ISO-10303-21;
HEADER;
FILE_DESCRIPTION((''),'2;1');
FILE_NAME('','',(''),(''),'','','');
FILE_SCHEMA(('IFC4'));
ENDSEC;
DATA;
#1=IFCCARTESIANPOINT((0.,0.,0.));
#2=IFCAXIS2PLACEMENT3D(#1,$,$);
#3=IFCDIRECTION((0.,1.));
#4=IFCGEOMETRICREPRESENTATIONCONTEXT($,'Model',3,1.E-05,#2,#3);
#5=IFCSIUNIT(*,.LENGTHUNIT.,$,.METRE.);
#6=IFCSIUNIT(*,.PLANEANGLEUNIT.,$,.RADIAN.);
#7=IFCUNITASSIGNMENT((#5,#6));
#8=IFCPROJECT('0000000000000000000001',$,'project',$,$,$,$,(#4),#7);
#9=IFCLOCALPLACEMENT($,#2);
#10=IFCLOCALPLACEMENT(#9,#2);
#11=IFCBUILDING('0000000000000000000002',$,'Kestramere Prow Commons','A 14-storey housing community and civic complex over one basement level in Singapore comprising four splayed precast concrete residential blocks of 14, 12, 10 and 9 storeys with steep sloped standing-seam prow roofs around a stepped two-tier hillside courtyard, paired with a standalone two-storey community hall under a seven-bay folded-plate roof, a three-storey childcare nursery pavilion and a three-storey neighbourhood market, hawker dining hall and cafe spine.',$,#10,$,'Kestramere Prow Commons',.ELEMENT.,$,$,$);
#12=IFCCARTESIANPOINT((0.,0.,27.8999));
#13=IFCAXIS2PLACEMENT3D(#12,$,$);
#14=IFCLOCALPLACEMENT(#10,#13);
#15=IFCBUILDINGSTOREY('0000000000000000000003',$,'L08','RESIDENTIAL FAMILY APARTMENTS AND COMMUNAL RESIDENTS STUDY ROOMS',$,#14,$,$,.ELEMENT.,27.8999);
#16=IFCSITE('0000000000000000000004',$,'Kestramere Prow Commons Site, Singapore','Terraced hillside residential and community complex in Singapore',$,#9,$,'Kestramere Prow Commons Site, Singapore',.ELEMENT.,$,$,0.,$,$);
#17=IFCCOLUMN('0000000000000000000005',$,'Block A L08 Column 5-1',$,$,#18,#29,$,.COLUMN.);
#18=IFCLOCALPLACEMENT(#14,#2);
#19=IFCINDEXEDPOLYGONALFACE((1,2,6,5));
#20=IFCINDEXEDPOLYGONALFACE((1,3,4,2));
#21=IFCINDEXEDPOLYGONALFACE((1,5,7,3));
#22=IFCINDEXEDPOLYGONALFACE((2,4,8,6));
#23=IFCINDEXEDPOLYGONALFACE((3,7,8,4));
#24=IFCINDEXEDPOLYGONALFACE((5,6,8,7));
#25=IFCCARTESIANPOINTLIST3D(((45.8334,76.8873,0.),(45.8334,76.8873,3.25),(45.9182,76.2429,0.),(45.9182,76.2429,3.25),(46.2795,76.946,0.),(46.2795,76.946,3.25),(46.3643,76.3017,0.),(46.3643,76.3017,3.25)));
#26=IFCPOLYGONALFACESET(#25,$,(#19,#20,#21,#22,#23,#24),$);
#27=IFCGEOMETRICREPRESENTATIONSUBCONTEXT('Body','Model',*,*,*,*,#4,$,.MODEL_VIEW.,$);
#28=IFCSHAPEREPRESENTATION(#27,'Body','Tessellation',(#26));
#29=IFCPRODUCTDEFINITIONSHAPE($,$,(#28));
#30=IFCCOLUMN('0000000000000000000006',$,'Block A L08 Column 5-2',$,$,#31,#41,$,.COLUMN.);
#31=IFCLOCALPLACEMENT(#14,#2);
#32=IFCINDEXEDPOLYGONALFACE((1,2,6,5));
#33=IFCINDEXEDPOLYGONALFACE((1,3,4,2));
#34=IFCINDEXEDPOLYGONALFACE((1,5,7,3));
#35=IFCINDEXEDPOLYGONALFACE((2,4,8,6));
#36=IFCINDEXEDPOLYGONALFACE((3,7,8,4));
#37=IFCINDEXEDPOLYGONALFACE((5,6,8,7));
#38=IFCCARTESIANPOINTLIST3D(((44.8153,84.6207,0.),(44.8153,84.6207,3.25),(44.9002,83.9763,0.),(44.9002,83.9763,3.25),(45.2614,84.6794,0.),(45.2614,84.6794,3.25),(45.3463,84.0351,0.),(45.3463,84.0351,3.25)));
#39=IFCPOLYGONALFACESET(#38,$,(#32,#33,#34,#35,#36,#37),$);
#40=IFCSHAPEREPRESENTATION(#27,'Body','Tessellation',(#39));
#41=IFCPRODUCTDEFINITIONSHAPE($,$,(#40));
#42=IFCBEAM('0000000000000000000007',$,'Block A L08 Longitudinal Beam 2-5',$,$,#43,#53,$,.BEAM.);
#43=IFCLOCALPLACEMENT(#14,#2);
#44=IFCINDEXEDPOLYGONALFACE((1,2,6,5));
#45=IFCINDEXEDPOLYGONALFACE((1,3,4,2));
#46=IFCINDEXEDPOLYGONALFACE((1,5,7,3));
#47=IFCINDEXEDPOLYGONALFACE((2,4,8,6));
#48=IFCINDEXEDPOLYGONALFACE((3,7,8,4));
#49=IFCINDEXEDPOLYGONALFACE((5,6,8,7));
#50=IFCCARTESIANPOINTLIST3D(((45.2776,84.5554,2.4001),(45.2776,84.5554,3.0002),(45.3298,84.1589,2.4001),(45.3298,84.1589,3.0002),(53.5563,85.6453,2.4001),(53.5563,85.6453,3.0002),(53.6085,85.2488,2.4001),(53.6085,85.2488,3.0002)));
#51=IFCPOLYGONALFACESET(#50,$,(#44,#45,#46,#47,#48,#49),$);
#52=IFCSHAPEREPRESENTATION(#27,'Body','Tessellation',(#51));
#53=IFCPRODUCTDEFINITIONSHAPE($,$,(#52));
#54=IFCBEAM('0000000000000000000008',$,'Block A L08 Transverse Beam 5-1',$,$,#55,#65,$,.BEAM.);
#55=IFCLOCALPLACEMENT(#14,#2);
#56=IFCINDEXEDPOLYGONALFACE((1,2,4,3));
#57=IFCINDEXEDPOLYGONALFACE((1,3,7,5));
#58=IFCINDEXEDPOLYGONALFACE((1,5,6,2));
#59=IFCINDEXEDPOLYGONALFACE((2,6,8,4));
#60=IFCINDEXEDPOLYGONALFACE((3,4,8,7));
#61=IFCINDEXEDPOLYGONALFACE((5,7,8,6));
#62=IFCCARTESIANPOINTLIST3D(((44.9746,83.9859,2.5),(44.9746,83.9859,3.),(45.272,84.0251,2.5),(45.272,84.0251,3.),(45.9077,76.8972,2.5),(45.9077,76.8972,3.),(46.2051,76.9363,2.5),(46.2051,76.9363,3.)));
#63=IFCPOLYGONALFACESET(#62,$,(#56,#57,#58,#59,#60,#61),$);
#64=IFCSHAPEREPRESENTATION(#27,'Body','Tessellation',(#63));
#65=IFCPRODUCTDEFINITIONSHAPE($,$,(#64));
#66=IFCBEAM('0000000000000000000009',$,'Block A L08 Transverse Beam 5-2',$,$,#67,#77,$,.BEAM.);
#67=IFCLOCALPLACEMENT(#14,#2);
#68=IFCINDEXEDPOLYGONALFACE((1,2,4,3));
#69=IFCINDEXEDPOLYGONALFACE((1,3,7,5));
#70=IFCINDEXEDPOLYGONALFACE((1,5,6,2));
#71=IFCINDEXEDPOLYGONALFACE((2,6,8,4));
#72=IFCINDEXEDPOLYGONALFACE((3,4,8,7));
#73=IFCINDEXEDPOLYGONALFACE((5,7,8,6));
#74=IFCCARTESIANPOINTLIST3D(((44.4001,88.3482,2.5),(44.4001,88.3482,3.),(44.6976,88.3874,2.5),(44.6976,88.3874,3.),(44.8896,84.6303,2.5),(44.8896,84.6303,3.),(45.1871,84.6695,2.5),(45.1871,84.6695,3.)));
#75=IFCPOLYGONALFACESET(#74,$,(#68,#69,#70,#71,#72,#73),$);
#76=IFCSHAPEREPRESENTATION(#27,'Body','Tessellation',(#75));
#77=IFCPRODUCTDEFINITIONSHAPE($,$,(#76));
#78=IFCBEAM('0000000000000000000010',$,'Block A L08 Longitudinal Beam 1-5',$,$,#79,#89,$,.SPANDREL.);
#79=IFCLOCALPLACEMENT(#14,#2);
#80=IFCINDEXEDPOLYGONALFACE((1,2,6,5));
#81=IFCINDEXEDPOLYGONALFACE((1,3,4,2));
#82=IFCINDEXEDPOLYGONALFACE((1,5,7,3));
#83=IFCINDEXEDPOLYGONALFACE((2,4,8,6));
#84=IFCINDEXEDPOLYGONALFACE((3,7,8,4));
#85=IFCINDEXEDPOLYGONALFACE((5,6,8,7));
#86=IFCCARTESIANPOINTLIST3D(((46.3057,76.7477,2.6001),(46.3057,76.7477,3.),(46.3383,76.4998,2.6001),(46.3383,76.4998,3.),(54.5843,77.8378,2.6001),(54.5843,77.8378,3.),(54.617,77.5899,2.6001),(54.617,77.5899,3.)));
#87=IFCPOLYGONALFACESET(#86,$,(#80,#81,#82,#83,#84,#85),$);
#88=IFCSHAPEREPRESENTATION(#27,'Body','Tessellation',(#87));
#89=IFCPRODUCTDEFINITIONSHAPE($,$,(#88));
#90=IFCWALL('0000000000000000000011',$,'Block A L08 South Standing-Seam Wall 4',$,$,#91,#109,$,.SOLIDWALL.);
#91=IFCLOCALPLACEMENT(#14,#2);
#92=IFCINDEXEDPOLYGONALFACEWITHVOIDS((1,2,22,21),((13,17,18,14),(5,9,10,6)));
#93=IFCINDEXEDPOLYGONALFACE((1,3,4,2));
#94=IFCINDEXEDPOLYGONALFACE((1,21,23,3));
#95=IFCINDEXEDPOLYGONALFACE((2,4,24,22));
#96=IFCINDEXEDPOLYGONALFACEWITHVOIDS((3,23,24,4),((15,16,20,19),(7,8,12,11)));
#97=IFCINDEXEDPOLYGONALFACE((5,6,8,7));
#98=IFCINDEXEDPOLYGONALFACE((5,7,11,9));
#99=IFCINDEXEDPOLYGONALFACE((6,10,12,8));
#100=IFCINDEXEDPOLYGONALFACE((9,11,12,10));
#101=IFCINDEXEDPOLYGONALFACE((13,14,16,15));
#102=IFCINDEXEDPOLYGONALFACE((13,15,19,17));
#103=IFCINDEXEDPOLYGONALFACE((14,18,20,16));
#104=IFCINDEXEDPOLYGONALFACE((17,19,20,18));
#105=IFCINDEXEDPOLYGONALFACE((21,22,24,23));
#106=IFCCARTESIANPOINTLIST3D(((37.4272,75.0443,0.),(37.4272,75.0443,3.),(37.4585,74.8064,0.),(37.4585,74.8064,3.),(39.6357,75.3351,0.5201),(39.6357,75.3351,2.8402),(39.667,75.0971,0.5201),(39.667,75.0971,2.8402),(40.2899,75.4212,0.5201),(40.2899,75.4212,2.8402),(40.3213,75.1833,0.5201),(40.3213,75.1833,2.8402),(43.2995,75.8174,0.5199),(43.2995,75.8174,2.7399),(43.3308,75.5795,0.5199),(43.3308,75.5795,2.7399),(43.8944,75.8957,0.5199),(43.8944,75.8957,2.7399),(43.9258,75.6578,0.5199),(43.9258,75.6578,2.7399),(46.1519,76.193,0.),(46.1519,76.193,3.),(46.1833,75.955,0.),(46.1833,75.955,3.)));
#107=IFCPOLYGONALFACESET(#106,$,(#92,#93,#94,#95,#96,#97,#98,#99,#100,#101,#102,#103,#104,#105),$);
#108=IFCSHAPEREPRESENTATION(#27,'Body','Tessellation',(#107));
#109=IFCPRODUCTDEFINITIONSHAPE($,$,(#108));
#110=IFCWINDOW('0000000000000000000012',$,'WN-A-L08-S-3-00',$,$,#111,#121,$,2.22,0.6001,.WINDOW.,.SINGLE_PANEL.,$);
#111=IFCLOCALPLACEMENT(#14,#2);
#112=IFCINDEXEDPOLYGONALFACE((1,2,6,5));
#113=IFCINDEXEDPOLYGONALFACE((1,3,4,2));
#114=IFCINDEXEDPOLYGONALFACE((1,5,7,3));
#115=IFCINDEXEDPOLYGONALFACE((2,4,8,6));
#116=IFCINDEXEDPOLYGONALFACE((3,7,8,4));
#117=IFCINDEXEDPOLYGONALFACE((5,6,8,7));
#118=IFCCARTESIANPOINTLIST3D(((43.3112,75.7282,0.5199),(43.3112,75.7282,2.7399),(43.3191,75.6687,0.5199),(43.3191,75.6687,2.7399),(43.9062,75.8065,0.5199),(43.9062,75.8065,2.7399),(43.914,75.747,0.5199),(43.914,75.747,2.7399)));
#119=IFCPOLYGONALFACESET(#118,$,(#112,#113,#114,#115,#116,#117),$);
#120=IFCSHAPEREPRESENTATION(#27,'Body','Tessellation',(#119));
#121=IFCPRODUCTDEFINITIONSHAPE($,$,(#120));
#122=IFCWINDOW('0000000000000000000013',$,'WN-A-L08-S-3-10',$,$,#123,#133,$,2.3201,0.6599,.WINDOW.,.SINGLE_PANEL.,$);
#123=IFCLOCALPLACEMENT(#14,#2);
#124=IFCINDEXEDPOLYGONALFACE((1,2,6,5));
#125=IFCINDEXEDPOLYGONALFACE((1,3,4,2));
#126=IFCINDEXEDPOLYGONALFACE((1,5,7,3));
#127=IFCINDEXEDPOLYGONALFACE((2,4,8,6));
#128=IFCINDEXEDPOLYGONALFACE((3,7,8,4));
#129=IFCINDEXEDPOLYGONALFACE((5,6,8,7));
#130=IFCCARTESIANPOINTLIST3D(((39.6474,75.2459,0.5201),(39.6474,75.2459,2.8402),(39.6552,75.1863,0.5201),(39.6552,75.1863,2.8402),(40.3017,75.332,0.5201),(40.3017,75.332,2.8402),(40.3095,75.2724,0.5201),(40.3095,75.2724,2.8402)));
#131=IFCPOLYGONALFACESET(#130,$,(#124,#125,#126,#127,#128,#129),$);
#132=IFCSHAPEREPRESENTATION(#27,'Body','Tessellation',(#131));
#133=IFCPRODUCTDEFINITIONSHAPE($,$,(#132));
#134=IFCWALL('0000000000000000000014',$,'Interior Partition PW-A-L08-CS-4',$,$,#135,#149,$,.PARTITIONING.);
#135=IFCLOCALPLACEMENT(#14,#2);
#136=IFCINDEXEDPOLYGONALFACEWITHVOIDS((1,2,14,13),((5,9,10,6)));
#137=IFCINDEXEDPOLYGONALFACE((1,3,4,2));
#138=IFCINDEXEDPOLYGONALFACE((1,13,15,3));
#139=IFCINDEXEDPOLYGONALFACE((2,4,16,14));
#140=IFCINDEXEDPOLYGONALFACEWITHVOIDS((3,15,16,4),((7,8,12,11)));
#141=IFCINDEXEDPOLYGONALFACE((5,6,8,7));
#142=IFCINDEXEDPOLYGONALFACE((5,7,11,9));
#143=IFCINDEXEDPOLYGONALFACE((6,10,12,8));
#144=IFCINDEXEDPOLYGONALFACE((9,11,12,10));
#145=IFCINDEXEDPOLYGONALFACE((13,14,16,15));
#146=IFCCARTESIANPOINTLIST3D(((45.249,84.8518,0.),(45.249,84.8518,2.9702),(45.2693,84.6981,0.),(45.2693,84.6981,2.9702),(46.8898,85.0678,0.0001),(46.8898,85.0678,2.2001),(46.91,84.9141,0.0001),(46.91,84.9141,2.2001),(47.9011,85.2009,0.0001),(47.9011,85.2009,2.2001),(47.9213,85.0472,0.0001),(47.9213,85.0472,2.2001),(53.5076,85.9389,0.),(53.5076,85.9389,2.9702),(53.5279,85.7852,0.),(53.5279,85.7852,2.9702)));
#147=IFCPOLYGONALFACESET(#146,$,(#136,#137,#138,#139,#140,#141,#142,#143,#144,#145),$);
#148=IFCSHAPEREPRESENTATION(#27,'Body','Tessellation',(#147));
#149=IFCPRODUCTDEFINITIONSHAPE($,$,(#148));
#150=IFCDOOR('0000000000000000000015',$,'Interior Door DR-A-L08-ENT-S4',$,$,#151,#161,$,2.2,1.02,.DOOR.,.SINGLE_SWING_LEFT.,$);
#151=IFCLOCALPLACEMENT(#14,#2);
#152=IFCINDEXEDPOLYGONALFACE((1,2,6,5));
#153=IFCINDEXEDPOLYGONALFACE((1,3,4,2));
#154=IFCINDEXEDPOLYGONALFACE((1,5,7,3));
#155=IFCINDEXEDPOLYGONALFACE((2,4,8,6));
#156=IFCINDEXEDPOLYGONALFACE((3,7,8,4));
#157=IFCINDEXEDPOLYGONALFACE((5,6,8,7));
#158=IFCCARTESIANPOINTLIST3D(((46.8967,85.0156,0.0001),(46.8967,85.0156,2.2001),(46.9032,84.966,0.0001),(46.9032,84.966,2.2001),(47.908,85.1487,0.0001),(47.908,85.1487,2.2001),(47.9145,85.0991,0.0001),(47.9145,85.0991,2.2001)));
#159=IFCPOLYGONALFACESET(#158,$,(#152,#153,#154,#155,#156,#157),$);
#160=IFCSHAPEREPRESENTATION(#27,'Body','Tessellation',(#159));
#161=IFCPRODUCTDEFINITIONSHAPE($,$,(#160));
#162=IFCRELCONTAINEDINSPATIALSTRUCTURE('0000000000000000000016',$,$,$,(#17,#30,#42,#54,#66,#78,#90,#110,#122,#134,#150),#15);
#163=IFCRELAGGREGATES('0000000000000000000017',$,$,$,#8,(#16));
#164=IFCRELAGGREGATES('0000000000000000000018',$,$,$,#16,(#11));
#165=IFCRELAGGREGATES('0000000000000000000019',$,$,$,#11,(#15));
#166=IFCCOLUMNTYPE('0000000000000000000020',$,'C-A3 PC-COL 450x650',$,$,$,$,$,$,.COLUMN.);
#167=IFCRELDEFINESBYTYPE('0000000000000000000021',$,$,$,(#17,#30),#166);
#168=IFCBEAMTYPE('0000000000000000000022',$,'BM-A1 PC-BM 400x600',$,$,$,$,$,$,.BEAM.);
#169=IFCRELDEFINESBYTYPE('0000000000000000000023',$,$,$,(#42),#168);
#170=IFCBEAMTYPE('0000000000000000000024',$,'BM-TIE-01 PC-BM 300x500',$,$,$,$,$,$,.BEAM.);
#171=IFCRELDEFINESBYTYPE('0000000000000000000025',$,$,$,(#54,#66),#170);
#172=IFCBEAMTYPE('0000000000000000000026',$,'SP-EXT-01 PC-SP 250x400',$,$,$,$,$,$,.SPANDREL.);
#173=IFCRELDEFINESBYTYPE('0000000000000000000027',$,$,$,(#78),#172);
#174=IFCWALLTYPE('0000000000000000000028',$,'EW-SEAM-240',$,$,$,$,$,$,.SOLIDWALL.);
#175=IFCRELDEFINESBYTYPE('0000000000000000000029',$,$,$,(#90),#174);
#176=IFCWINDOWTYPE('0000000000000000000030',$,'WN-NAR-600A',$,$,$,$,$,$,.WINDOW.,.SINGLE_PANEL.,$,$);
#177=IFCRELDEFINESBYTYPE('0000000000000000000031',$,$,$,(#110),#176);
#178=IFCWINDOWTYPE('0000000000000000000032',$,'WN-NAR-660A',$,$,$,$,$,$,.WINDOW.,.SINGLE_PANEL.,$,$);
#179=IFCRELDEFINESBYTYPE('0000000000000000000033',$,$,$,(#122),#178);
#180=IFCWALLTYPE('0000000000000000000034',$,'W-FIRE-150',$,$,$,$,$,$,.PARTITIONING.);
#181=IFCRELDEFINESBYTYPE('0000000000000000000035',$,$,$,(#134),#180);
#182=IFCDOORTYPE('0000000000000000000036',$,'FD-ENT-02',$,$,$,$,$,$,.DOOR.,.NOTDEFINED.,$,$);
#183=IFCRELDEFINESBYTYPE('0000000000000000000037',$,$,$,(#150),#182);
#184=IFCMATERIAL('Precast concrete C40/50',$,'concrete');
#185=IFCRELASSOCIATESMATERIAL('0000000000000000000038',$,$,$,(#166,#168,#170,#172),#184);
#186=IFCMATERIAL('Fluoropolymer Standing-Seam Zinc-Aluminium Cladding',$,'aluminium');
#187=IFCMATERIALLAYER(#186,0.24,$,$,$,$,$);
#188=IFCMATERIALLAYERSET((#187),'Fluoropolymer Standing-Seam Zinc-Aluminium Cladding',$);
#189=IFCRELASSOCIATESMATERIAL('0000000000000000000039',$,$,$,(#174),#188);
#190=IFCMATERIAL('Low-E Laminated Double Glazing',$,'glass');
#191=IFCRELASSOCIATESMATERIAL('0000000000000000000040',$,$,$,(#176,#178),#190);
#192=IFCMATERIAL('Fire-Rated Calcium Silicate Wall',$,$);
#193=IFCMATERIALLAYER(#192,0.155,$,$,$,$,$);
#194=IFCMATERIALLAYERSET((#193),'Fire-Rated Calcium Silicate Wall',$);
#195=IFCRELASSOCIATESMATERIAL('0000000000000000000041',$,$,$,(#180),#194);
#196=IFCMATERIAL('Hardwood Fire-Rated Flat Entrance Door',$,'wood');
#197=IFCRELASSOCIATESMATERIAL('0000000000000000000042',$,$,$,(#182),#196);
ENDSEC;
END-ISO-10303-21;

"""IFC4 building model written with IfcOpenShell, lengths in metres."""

from ifc_helpers import new_model, si_unit, direction, frame, frame_2d, origin, origin_2d, place, context, subcontext, project, spatial, rectangle, extrude, material, layer, layer_set, material_profile, profile_set, type_object, element, fill, save


model = new_model("IFC4")

# Units and contexts
model_context = context("Model", 3, precision=1e-05, world=origin(), true_north=direction((0.0, 1.0)))
body_context = subcontext(model_context, "Body", "Model", "MODEL_VIEW")
ifc_project = project(units=[si_unit("LENGTHUNIT", "METRE"), si_unit("PLANEANGLEUNIT", "RADIAN")], contexts=[model_context])

# Site, building, storey
site_placement = place(None, origin())
site = spatial("IfcSite", under=ifc_project, at=site_placement, Name="Kestramere Prow Commons Site, Singapore", Description="Terraced hillside residential and community complex in Singapore", LongName="Kestramere Prow Commons Site, Singapore", CompositionType="ELEMENT", RefElevation=0.0)
building_placement = place(site_placement, origin())
building = spatial("IfcBuilding", under=site, at=building_placement, Name="Kestramere Prow Commons", Description="A 14-storey housing community and civic complex over one basement level in Singapore comprising four splayed precast concrete residential blocks of 14, 12, 10 and 9 storeys with steep sloped standing-seam prow roofs around a stepped two-tier hillside courtyard, paired with a standalone two-storey community hall under a seven-bay folded-plate roof, a three-storey childcare nursery pavilion and a three-storey neighbourhood market, hawker dining hall and cafe spine.", LongName="Kestramere Prow Commons", CompositionType="ELEMENT")
storey_placement = place(building_placement, frame((0.0, 0.0, 27.8999)))
storey = spatial("IfcBuildingStorey", under=building, at=storey_placement, Name="L08", Description="RESIDENTIAL FAMILY APARTMENTS AND COMMUNAL RESIDENTS STUDY ROOMS", CompositionType="ELEMENT", Elevation=27.8999)

# Columns
ifc_material_1 = material(Name="Precast concrete C40/50", Category="concrete")
ifc_material_profile_1 = material_profile(ifc_material_1, rectangle(XDim=0.45, YDim=0.6499, at=origin_2d()), Name="PC-COL 450x650")
ifc_profile_set_1 = profile_set([ifc_material_profile_1], Name="Precast concrete C40/50")
column_type = type_object("IfcColumnType", Name="C-A3 PC-COL 450x650", PredefinedType="COLUMN", material=ifc_profile_set_1)
for number, where, z_axis, x_axis, name in (
    (1, (46.0989, 76.5945, 0.0), (0.0, 0.0, 1.0), (0.991445, 0.130526, 0.0), "Block A L08 Column 5-1"),
    (2, (45.0808, 84.3279, 0.0), (0.0, 0.0, 1.0), (0.991445, 0.130526, 0.0), "Block A L08 Column 5-2"),
):
    element("IfcColumn", number, at=place(storey_placement, frame(where, z_axis=z_axis, x_axis=x_axis)), inside=storey, type_object=column_type, Name=name, PredefinedType="COLUMN", context=body_context, shape_type="SweptSolid", body=[
        extrude(rectangle(XDim=0.45, YDim=0.6499, at=origin_2d()), origin(), (0.0, 0.0, 1.0), 3.25),
    ])

# Beams
ifc_material_profile_2 = material_profile(ifc_material_1, rectangle(XDim=0.3999, YDim=0.6001, at=origin_2d()), Name="PC-BM 400x600")
ifc_profile_set_2 = profile_set([ifc_material_profile_2], Name="Precast concrete C40/50")
beam_type_1 = type_object("IfcBeamType", Name="BM-A1 PC-BM 400x600", PredefinedType="BEAM", material=ifc_profile_set_2)
beam_1_placement = place(storey_placement, frame((45.3037, 84.3572, 2.7002), z_axis=(0.991446, 0.13052, 0.0), x_axis=(-0.13052, 0.991446, 0.0)))
element("IfcBeam", 3, at=beam_1_placement, inside=storey, type_object=beam_type_1, Name="Block A L08 Longitudinal Beam 2-5", PredefinedType="BEAM", context=body_context, shape_type="SweptSolid", body=[
    extrude(rectangle(XDim=0.3999, YDim=0.6001, at=origin_2d()), origin(), (0.0, 0.0, 1.0), 8.3501),
])
ifc_material_profile_3 = material_profile(ifc_material_1, rectangle(XDim=0.3, YDim=0.5, at=origin_2d()), Name="PC-BM 300x500")
ifc_profile_set_3 = profile_set([ifc_material_profile_3], Name="Precast concrete C40/50")
beam_type_2 = type_object("IfcBeamType", Name="BM-TIE-01 PC-BM 300x500", PredefinedType="BEAM", material=ifc_profile_set_3)
beam_2_placement = place(storey_placement, frame((46.0564, 76.9167, 2.75), z_axis=(-0.130504, 0.991448, 0.0), x_axis=(-0.991448, -0.130504, 0.0)))
element("IfcBeam", 4, at=beam_2_placement, inside=storey, type_object=beam_type_2, Name="Block A L08 Transverse Beam 5-1", PredefinedType="BEAM", context=body_context, shape_type="SweptSolid", body=[
    extrude(rectangle(XDim=0.3, YDim=0.5, at=origin_2d()), origin(), (0.0, 0.0, 1.0), 7.1499),
])
beam_3_placement = place(storey_placement, frame((45.0383, 84.6499, 2.75), z_axis=(-0.13053, 0.991444, 0.0), x_axis=(-0.991444, -0.13053, 0.0)))
element("IfcBeam", 5, at=beam_3_placement, inside=storey, type_object=beam_type_2, Name="Block A L08 Transverse Beam 5-2", PredefinedType="BEAM", context=body_context, shape_type="SweptSolid", body=[
    extrude(rectangle(XDim=0.3, YDim=0.5, at=origin_2d()), origin(), (0.0, 0.0, 1.0), 3.75),
])
ifc_material_profile_4 = material_profile(ifc_material_1, rectangle(XDim=0.25, YDim=0.3999, at=origin_2d()), Name="PC-SP 250x400")
ifc_profile_set_4 = profile_set([ifc_material_profile_4], Name="Precast concrete C40/50")
beam_type_3 = type_object("IfcBeamType", Name="SP-EXT-01 PC-SP 250x400", PredefinedType="SPANDREL", material=ifc_profile_set_4)
beam_4_placement = place(storey_placement, frame((46.322, 76.6238, 2.8), z_axis=(0.991442, 0.130549, 0.0), x_axis=(-0.130549, 0.991442, 0.0)))
element("IfcBeam", 6, at=beam_4_placement, inside=storey, type_object=beam_type_3, Name="Block A L08 Longitudinal Beam 1-5", PredefinedType="SPANDREL", context=body_context, shape_type="SweptSolid", body=[
    extrude(rectangle(XDim=0.25, YDim=0.3999, at=origin_2d()), origin(), (0.0, 0.0, 1.0), 8.3501),
])

# Wall, openings, windows
ifc_material_2 = material(Name="Fluoropolymer Standing-Seam Zinc-Aluminium Cladding", Category="aluminium")
ifc_layer_1 = layer(ifc_material_2, 0.24)
ifc_layer_set_1 = layer_set([ifc_layer_1], Name="Fluoropolymer Standing-Seam Zinc-Aluminium Cladding")
wall_type_1 = type_object("IfcWallType", Name="EW-SEAM-240", PredefinedType="SOLIDWALL", material=ifc_layer_set_1)
wall_1_placement = place(storey_placement, frame((46.1675, 76.074, 0.0), z_axis=(0.0, 0.0, 1.0), x_axis=(-0.991444, -0.13053, 0.0)))
wall_1 = element("IfcWall", 7, at=wall_1_placement, inside=storey, type_object=wall_type_1, Name="Block A L08 South Standing-Seam Wall 4", PredefinedType="SOLIDWALL", context=body_context, shape_type="SweptSolid", body=[
    extrude(rectangle(XDim=8.8, YDim=0.24, at=frame_2d((4.3999, 0.0))), origin(), (0.0, 0.0, 1.0), 3.0),
])
opening_1_placement = place(wall_1_placement, frame((2.2769, 0.0, 0.52)))
opening_1 = element("IfcOpeningElement", 8, at=opening_1_placement, cuts=wall_1, PredefinedType="OPENING", context=body_context, shape_type="SweptSolid", body=[
    extrude(rectangle(XDim=0.6001, YDim=2.22, at=frame_2d((0.3, 1.1099))), frame((0.0, 0.135, 0.0), z_axis=(0.0, -1.0, 0.0), x_axis=(1.0, 0.0, 0.0)), (0.0, 0.0, 1.0), 0.27),
])
opening_2_placement = place(wall_1_placement, frame((5.9124, 0.0, 0.52)))
opening_2 = element("IfcOpeningElement", 9, at=opening_2_placement, cuts=wall_1, PredefinedType="OPENING", context=body_context, shape_type="SweptSolid", body=[
    extrude(rectangle(XDim=0.6599, YDim=2.3201, at=frame_2d((0.3301, 1.1602))), frame((0.0, 0.135, 0.0), z_axis=(0.0, -1.0, 0.0), x_axis=(1.0, 0.0, 0.0)), (0.0, 0.0, 1.0), 0.27),
])
ifc_material_3 = material(Name="Low-E Laminated Double Glazing", Category="glass")
window_type_1 = type_object("IfcWindowType", Name="WN-NAR-600A", PartitioningType="SINGLE_PANEL", PredefinedType="WINDOW", material=ifc_material_3)
window_1_placement = place(opening_1_placement, origin())
window_1 = element("IfcWindow", 10, at=window_1_placement, inside=storey, type_object=window_type_1, Name="WN-A-L08-S-3-00", OverallHeight=2.22, OverallWidth=0.6001, PartitioningType="SINGLE_PANEL", PredefinedType="WINDOW", context=body_context, shape_type="SweptSolid", body=[
    extrude(rectangle(XDim=0.6001, YDim=2.22, at=frame_2d((0.3, 1.1099))), frame((0.0, 0.03, 0.0), z_axis=(0.0, -1.0, 0.0), x_axis=(1.0, 0.0, 0.0)), (0.0, 0.0, 1.0), 0.0601),
])
fill(opening_1, window_1)
window_type_2 = type_object("IfcWindowType", Name="WN-NAR-660A", PartitioningType="SINGLE_PANEL", PredefinedType="WINDOW", material=ifc_material_3)
window_2_placement = place(opening_2_placement, origin())
window_2 = element("IfcWindow", 11, at=window_2_placement, inside=storey, type_object=window_type_2, Name="WN-A-L08-S-3-10", OverallHeight=2.3201, OverallWidth=0.6599, PartitioningType="SINGLE_PANEL", PredefinedType="WINDOW", context=body_context, shape_type="SweptSolid", body=[
    extrude(rectangle(XDim=0.6599, YDim=2.3201, at=frame_2d((0.3301, 1.1602))), frame((0.0, 0.03, 0.0), z_axis=(0.0, -1.0, 0.0), x_axis=(1.0, 0.0, 0.0)), (0.0, 0.0, 1.0), 0.0601),
])
fill(opening_2, window_2)

# Wall, opening, door
ifc_material_4 = material(Name="Fire-Rated Calcium Silicate Wall")
ifc_layer_2 = layer(ifc_material_4, 0.155)
ifc_layer_set_2 = layer_set([ifc_layer_2], Name="Fire-Rated Calcium Silicate Wall")
wall_type_2 = type_object("IfcWallType", Name="W-FIRE-150", PredefinedType="PARTITIONING", material=ifc_layer_set_2)
wall_2_placement = place(storey_placement, frame((45.259, 84.7749, 0.0), z_axis=(0.0, 0.0, 1.0), x_axis=(0.991446, 0.130514, 0.0)))
wall_2 = element("IfcWall", 12, at=wall_2_placement, inside=storey, type_object=wall_type_2, Name="Interior Partition PW-A-L08-CS-4", PredefinedType="PARTITIONING", context=body_context, shape_type="SweptSolid", body=[
    extrude(rectangle(XDim=8.3298, YDim=0.155, at=frame_2d((4.165, 0.0))), origin(), (0.0, 0.0, 1.0), 2.9702),
])
opening_3_placement = place(wall_2_placement, frame((1.655, 0.0, 0.0)))
opening_3 = element("IfcOpeningElement", 13, at=opening_3_placement, cuts=wall_2, PredefinedType="OPENING", context=body_context, shape_type="SweptSolid", body=[
    extrude(rectangle(XDim=1.02, YDim=2.2, at=frame_2d((0.51, 1.1001))), frame((0.0, 0.0925, 0.0), z_axis=(0.0, -1.0, 0.0), x_axis=(1.0, 0.0, 0.0)), (0.0, 0.0, 1.0), 0.1851),
])
ifc_material_5 = material(Name="Hardwood Fire-Rated Flat Entrance Door", Category="wood")
door_type_1 = type_object("IfcDoorType", Name="FD-ENT-02", OperationType="NOTDEFINED", PredefinedType="DOOR", material=ifc_material_5)
door_1_placement = place(opening_3_placement, origin())
door_1 = element("IfcDoor", 14, at=door_1_placement, inside=storey, type_object=door_type_1, Name="Interior Door DR-A-L08-ENT-S4", OperationType="SINGLE_SWING_LEFT", OverallHeight=2.2, OverallWidth=1.02, PredefinedType="DOOR", context=body_context, shape_type="SweptSolid", body=[
    extrude(rectangle(XDim=1.02, YDim=2.2, at=frame_2d((0.51, 1.1001))), frame((0.0, 0.0249, 0.0), z_axis=(0.0, -1.0, 0.0), x_axis=(1.0, 0.0, 0.0)), (0.0, 0.0, 1.0), 0.05),
])
fill(opening_3, door_1)

save(model, "model.ifc")
